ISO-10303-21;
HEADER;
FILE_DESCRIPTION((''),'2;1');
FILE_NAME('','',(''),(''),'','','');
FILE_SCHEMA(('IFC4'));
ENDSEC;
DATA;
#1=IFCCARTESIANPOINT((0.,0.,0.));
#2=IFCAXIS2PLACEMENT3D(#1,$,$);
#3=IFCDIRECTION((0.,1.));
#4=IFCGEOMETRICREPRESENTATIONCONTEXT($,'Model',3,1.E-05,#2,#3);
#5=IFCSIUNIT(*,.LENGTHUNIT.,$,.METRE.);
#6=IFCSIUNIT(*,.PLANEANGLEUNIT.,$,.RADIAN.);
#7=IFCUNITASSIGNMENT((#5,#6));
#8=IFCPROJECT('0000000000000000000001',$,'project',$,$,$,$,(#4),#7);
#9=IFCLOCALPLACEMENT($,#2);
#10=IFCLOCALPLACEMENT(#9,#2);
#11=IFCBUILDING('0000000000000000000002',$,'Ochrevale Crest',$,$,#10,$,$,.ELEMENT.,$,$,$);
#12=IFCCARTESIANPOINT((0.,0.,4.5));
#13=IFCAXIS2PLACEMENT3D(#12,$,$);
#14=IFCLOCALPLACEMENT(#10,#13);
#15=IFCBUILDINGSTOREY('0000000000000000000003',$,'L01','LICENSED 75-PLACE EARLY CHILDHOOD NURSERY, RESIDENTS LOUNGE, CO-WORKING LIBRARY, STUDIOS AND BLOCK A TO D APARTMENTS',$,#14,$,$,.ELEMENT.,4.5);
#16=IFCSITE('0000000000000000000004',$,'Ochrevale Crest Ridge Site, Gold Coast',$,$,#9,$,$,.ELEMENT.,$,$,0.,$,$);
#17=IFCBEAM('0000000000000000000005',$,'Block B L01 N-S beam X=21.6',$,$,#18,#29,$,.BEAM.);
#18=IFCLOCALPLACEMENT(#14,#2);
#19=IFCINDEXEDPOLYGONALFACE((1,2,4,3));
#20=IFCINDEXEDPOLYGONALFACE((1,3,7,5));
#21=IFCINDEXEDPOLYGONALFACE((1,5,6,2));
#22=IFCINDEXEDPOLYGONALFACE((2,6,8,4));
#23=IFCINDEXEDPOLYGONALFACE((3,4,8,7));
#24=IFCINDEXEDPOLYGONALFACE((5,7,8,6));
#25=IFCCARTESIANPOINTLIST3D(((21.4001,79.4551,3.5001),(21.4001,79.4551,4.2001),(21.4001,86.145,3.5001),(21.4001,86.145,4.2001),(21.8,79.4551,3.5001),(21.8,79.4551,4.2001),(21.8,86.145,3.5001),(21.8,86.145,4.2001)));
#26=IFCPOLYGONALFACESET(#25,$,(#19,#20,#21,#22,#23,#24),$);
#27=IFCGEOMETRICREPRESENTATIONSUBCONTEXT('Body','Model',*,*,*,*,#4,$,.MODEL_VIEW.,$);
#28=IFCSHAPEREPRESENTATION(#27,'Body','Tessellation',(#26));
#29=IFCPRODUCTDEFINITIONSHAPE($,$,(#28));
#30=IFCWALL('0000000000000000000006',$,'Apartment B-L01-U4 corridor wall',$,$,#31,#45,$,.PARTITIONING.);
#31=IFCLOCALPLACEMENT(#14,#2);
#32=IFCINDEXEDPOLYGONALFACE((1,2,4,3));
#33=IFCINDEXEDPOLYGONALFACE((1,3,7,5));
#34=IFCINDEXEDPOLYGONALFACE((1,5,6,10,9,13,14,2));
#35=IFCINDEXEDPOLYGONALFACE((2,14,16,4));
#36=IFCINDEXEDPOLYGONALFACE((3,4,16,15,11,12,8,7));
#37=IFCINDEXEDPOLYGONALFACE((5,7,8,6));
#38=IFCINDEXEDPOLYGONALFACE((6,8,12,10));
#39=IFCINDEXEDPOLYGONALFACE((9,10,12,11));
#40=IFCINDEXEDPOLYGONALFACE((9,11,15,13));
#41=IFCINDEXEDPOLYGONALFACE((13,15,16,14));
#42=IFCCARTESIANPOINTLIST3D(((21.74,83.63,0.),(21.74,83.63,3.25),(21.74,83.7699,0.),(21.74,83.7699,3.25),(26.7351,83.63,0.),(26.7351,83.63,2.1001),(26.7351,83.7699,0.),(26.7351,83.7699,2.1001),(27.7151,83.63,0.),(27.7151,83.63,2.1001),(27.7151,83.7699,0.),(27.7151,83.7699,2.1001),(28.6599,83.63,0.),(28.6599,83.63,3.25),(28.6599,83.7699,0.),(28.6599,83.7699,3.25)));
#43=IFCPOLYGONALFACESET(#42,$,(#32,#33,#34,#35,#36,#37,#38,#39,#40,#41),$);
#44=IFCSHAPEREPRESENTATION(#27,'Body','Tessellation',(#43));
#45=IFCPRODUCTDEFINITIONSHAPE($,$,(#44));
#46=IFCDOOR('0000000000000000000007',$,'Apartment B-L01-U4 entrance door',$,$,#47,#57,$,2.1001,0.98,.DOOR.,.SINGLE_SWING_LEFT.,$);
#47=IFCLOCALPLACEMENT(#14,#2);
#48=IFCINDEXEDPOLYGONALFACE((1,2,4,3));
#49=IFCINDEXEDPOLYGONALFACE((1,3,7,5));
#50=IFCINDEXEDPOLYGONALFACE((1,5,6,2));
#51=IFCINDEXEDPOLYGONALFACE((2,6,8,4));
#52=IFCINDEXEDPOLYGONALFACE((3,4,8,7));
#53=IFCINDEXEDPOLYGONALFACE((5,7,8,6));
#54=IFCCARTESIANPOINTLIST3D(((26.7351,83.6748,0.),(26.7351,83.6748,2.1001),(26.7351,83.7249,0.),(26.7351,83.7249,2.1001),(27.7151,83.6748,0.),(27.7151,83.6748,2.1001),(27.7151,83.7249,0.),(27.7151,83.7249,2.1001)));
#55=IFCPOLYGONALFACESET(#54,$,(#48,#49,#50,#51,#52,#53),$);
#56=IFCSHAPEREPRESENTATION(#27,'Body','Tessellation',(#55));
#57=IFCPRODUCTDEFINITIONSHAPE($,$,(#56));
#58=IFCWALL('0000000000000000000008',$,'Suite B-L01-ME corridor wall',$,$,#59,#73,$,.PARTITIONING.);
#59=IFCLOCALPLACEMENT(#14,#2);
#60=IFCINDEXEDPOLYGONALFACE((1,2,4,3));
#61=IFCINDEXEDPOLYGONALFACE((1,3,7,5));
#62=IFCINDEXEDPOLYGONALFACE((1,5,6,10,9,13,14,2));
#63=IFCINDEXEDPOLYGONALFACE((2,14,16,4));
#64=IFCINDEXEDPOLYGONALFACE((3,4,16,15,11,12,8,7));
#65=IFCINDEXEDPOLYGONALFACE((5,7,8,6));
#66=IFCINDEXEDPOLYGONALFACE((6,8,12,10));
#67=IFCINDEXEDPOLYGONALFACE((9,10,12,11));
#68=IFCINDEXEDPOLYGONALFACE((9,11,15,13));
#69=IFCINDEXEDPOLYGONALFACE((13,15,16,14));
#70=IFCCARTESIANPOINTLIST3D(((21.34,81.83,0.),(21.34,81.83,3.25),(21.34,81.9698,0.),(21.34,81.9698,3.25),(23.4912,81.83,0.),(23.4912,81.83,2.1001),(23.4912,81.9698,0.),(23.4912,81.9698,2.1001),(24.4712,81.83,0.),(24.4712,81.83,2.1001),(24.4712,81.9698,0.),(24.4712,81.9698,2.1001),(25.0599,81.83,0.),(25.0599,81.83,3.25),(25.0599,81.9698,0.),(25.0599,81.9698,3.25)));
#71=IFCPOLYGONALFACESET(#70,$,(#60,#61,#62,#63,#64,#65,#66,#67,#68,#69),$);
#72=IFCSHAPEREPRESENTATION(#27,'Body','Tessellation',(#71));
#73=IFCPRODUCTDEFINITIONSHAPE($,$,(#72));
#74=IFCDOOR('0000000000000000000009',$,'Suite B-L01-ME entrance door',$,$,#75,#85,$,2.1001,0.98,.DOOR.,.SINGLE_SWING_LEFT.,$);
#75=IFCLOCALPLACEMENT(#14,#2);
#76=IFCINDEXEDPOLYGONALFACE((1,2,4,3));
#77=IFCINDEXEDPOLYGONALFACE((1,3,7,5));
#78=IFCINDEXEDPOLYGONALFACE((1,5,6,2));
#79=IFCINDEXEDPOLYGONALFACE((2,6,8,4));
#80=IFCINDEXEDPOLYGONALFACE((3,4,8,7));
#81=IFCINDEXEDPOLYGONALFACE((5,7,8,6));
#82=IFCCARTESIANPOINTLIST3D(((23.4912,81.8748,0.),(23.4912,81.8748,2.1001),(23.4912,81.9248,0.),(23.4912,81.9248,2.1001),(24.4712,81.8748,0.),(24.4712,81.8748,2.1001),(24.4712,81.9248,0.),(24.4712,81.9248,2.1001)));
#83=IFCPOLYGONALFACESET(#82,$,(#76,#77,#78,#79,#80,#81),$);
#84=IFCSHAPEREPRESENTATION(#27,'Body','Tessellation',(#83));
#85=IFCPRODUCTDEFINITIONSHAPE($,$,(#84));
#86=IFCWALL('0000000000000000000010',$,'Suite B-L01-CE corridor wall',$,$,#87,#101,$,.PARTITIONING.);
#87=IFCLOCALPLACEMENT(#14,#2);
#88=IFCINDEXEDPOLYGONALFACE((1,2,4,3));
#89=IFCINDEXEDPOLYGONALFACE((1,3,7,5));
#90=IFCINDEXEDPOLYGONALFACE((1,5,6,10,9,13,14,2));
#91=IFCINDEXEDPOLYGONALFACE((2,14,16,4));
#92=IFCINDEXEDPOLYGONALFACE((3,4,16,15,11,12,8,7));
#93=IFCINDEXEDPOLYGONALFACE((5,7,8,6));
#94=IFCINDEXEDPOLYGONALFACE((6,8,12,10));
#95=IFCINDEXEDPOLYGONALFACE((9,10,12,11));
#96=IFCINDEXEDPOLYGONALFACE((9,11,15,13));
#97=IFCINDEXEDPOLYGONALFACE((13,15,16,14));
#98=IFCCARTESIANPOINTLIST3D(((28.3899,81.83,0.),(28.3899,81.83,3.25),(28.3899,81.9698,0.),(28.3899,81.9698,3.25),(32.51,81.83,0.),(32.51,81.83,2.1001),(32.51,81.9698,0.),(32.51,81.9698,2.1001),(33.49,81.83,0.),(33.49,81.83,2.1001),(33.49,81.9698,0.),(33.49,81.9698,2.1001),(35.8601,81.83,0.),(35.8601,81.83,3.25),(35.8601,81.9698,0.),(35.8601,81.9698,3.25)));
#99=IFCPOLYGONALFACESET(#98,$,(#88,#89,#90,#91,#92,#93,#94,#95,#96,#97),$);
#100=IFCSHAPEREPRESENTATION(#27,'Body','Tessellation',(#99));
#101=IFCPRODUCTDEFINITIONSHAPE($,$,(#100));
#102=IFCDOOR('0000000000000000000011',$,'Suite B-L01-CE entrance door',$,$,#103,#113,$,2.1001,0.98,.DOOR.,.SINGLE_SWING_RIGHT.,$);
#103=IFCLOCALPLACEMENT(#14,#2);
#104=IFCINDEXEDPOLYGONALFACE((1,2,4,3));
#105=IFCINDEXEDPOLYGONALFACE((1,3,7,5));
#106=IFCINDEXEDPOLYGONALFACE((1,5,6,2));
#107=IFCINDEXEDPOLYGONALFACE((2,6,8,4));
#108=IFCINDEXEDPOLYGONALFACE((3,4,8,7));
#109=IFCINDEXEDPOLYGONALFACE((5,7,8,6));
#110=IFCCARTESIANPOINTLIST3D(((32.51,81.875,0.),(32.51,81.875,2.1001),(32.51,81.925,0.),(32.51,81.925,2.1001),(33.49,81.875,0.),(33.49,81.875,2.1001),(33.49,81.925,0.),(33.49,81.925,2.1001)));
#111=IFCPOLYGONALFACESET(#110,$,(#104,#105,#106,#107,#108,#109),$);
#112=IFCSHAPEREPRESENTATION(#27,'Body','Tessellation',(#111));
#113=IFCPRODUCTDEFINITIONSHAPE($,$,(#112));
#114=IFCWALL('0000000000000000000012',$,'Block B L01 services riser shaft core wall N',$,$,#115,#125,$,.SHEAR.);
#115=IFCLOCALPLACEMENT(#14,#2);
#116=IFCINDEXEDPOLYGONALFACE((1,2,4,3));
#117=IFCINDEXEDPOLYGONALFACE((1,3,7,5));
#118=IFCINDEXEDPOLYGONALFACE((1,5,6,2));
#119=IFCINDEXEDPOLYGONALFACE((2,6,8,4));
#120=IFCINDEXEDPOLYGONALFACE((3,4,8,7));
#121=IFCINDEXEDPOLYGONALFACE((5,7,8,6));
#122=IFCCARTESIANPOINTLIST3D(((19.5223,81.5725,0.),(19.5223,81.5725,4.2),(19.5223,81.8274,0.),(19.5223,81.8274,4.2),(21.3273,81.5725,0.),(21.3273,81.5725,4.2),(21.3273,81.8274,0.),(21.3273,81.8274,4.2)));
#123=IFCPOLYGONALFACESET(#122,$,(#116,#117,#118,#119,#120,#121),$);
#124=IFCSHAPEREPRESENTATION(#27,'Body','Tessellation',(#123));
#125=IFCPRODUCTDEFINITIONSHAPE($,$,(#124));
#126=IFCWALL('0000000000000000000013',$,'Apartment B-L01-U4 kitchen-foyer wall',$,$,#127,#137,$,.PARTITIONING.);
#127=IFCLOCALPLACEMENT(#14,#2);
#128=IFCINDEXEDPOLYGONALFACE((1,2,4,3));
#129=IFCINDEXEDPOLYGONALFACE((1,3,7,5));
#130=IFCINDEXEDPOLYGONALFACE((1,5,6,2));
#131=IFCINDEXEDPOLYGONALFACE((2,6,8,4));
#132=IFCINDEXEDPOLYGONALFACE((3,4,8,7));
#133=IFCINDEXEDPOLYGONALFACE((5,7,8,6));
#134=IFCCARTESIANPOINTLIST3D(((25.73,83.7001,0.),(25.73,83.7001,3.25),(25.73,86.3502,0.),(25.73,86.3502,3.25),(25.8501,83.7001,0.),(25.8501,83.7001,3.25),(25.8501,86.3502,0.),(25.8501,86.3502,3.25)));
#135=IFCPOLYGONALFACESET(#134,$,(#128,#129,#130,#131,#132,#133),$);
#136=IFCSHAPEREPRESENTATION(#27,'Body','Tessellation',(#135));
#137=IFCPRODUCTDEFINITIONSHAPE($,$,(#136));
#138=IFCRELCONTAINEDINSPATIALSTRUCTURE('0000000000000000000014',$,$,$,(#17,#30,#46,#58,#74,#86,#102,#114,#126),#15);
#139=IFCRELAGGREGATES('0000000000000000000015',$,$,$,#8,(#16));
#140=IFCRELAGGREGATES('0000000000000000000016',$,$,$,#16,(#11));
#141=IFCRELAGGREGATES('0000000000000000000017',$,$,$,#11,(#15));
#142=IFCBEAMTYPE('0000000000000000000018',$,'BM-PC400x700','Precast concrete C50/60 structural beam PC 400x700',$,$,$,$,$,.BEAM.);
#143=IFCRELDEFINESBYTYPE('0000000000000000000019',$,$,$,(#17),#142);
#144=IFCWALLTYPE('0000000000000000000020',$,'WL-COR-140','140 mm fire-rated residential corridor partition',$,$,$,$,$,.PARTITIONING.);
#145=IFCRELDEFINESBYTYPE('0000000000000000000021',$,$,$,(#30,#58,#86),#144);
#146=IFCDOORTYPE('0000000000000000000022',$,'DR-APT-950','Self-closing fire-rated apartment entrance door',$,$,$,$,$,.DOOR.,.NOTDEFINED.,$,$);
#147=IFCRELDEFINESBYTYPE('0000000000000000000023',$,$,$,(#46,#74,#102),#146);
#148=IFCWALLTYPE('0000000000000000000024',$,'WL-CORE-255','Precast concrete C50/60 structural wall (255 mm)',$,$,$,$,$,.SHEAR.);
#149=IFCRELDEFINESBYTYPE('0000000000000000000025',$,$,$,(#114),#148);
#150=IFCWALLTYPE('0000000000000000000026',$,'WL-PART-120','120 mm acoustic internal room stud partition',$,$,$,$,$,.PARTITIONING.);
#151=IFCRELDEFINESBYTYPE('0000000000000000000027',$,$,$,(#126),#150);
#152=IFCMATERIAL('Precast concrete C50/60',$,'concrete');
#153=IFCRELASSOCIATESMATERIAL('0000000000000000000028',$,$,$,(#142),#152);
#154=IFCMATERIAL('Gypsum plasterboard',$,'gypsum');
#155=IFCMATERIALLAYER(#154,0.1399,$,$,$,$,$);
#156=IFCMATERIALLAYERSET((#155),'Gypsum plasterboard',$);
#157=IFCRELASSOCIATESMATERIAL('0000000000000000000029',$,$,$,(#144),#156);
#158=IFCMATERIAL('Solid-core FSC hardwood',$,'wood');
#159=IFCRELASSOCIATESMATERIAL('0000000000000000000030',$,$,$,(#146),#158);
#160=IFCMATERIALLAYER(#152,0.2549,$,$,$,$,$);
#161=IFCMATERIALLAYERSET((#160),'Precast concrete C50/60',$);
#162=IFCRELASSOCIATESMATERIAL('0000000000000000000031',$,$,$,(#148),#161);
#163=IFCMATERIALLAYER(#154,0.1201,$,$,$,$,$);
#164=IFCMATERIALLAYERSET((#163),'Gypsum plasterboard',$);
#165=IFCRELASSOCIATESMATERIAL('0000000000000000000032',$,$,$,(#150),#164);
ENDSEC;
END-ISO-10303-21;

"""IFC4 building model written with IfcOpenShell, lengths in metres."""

from ifc_helpers import new_model, si_unit, direction, frame, frame_2d, origin, origin_2d, place, context, subcontext, project, spatial, rectangle, extrude, material, layer, layer_set, material_profile, profile_set, type_object, element, fill, save


model = new_model("IFC4")

# Units and contexts
model_context = context("Model", 3, precision=1e-05, world=origin(), true_north=direction((0.0, 1.0)))
body_context = subcontext(model_context, "Body", "Model", "MODEL_VIEW")
ifc_project = project(units=[si_unit("LENGTHUNIT", "METRE"), si_unit("PLANEANGLEUNIT", "RADIAN")], contexts=[model_context])

# Site, building, storey
site_placement = place(None, origin())
site = spatial("IfcSite", under=ifc_project, at=site_placement, Name="Ochrevale Crest Ridge Site, Gold Coast", CompositionType="ELEMENT", RefElevation=0.0)
building_placement = place(site_placement, origin())
building = spatial("IfcBuilding", under=site, at=building_placement, Name="Ochrevale Crest", CompositionType="ELEMENT")
storey_placement = place(building_placement, frame((0.0, 0.0, 4.5)))
storey = spatial("IfcBuildingStorey", under=building, at=storey_placement, Name="L01", Description="LICENSED 75-PLACE EARLY CHILDHOOD NURSERY, RESIDENTS LOUNGE, CO-WORKING LIBRARY, STUDIOS AND BLOCK A TO D APARTMENTS", CompositionType="ELEMENT", Elevation=4.5)

# Beam
ifc_material_1 = material(Name="Precast concrete C50/60", Category="concrete")
ifc_material_profile = material_profile(ifc_material_1, rectangle(XDim=0.3999, YDim=0.7, at=origin_2d()), Name="PC 400x700")
ifc_profile_set = profile_set([ifc_material_profile], Name="Precast concrete C50/60")
beam_type = type_object("IfcBeamType", Name="BM-PC400x700", Description="Precast concrete C50/60 structural beam PC 400x700", PredefinedType="BEAM", material=ifc_profile_set)
beam_placement = place(storey_placement, frame((21.6001, 79.4551, 3.8501), z_axis=(0.0, 1.0, 0.0), x_axis=(-1.0, 0.0, 0.0)))
element("IfcBeam", 1, at=beam_placement, inside=storey, type_object=beam_type, Name="Block B L01 N-S beam X=21.6", PredefinedType="BEAM", context=body_context, shape_type="SweptSolid", body=[
    extrude(rectangle(XDim=0.3999, YDim=0.7, at=origin_2d()), origin(), (0.0, 0.0, 1.0), 6.6899),
])

# Walls, openings, doors
ifc_material_2 = material(Name="Gypsum plasterboard", Category="gypsum")
ifc_layer_1 = layer(ifc_material_2, 0.1399)
ifc_layer_set_1 = layer_set([ifc_layer_1], Name="Gypsum plasterboard")
wall_type_1 = type_object("IfcWallType", Name="WL-COR-140", Description="140 mm fire-rated residential corridor partition", PredefinedType="PARTITIONING", material=ifc_layer_set_1)
wall_1_placement = place(storey_placement, frame((21.74, 83.7, 0.0), z_axis=(0.0, 0.0, 1.0), x_axis=(1.0, 0.0, 0.0)))
wall_1 = element("IfcWall", 2, at=wall_1_placement, inside=storey, type_object=wall_type_1, Name="Apartment B-L01-U4 corridor wall", PredefinedType="PARTITIONING", context=body_context, shape_type="SweptSolid", body=[
    extrude(rectangle(XDim=6.9199, YDim=0.1399, at=frame_2d((3.46, 0.0))), origin(), (0.0, 0.0, 1.0), 3.25),
])
opening_1_placement = place(wall_1_placement, frame((4.9951, 0.0, 0.0)))
opening_1 = element("IfcOpeningElement", 3, at=opening_1_placement, cuts=wall_1, PredefinedType="OPENING", context=body_context, shape_type="SweptSolid", body=[
    extrude(rectangle(XDim=0.98, YDim=2.1001, at=frame_2d((0.49, 1.05))), frame((0.0, 0.0801, 0.0), z_axis=(0.0, -1.0, 0.0), x_axis=(1.0, 0.0, 0.0)), (0.0, 0.0, 1.0), 0.1599),
])
ifc_material_3 = material(Name="Solid-core FSC hardwood", Category="wood")
door_type_1 = type_object("IfcDoorType", Name="DR-APT-950", Description="Self-closing fire-rated apartment entrance door", OperationType="NOTDEFINED", PredefinedType="DOOR", material=ifc_material_3)
door_1_placement = place(opening_1_placement, origin())
door_1 = element("IfcDoor", 4, at=door_1_placement, inside=storey, type_object=door_type_1, Name="Apartment B-L01-U4 entrance door", OperationType="SINGLE_SWING_LEFT", OverallHeight=2.1001, OverallWidth=0.98, PredefinedType="DOOR", context=body_context, shape_type="SweptSolid", body=[
    extrude(rectangle(XDim=0.98, YDim=2.1001, at=frame_2d((0.49, 1.05))), frame((0.0, 0.0249, 0.0), z_axis=(0.0, -1.0, 0.0), x_axis=(1.0, 0.0, 0.0)), (0.0, 0.0, 1.0), 0.05),
])
fill(opening_1, door_1)
wall_2_placement = place(storey_placement, frame((21.3401, 81.8999, 0.0), z_axis=(0.0, 0.0, 1.0), x_axis=(1.0, 0.0, 0.0)))
wall_2 = element("IfcWall", 5, at=wall_2_placement, inside=storey, type_object=wall_type_1, Name="Suite B-L01-ME corridor wall", PredefinedType="PARTITIONING", context=body_context, shape_type="SweptSolid", body=[
    extrude(rectangle(XDim=3.72, YDim=0.1399, at=frame_2d((1.8599, 0.0))), origin(), (0.0, 0.0, 1.0), 3.25),
])
opening_2_placement = place(wall_2_placement, frame((2.1511, 0.0, 0.0)))
opening_2 = element("IfcOpeningElement", 6, at=opening_2_placement, cuts=wall_2, PredefinedType="OPENING", context=body_context, shape_type="SweptSolid", body=[
    extrude(rectangle(XDim=0.98, YDim=2.1001, at=frame_2d((0.49, 1.05))), frame((0.0, 0.0801, 0.0), z_axis=(0.0, -1.0, 0.0), x_axis=(1.0, 0.0, 0.0)), (0.0, 0.0, 1.0), 0.1599),
])
door_2_placement = place(opening_2_placement, origin())
door_2 = element("IfcDoor", 7, at=door_2_placement, inside=storey, type_object=door_type_1, Name="Suite B-L01-ME entrance door", OperationType="SINGLE_SWING_LEFT", OverallHeight=2.1001, OverallWidth=0.98, PredefinedType="DOOR", context=body_context, shape_type="SweptSolid", body=[
    extrude(rectangle(XDim=0.98, YDim=2.1001, at=frame_2d((0.49, 1.05))), frame((0.0, 0.0249, 0.0), z_axis=(0.0, -1.0, 0.0), x_axis=(1.0, 0.0, 0.0)), (0.0, 0.0, 1.0), 0.05),
])
fill(opening_2, door_2)
wall_3_placement = place(storey_placement, frame((28.3899, 81.8999, 0.0), z_axis=(0.0, 0.0, 1.0), x_axis=(1.0, 0.0, 0.0)))
wall_3 = element("IfcWall", 8, at=wall_3_placement, inside=storey, type_object=wall_type_1, Name="Suite B-L01-CE corridor wall", PredefinedType="PARTITIONING", context=body_context, shape_type="SweptSolid", body=[
    extrude(rectangle(XDim=7.4702, YDim=0.1399, at=frame_2d((3.7351, 0.0))), origin(), (0.0, 0.0, 1.0), 3.25),
])
opening_3_placement = place(wall_3_placement, frame((5.1001, 0.0, 0.0), z_axis=(0.0, 0.0, 1.0), x_axis=(-1.0, 0.0, 0.0)))
opening_3 = element("IfcOpeningElement", 9, at=opening_3_placement, cuts=wall_3, PredefinedType="OPENING", context=body_context, shape_type="SweptSolid", body=[
    extrude(rectangle(XDim=0.98, YDim=2.1001, at=frame_2d((0.49, 1.05))), frame((0.0, 0.0801, 0.0), z_axis=(0.0, -1.0, 0.0), x_axis=(1.0, 0.0, 0.0)), (0.0, 0.0, 1.0), 0.1599),
])
door_3_placement = place(opening_3_placement, origin())
door_3 = element("IfcDoor", 10, at=door_3_placement, inside=storey, type_object=door_type_1, Name="Suite B-L01-CE entrance door", OperationType="SINGLE_SWING_RIGHT", OverallHeight=2.1001, OverallWidth=0.98, PredefinedType="DOOR", context=body_context, shape_type="SweptSolid", body=[
    extrude(rectangle(XDim=0.98, YDim=2.1001, at=frame_2d((0.49, 1.05))), frame((0.0, 0.0249, 0.0), z_axis=(0.0, -1.0, 0.0), x_axis=(1.0, 0.0, 0.0)), (0.0, 0.0, 1.0), 0.05),
])
fill(opening_3, door_3)
ifc_layer_2 = layer(ifc_material_1, 0.2549)
ifc_layer_set_2 = layer_set([ifc_layer_2], Name="Precast concrete C50/60")
wall_type_2 = type_object("IfcWallType", Name="WL-CORE-255", Description="Precast concrete C50/60 structural wall (255 mm)", PredefinedType="SHEAR", material=ifc_layer_set_2)

# Walls
wall_4_placement = place(storey_placement, frame((19.5225, 81.7, 0.0), z_axis=(0.0, 0.0, 1.0), x_axis=(1.0, 0.0, 0.0)))
element("IfcWall", 11, at=wall_4_placement, inside=storey, type_object=wall_type_2, Name="Block B L01 services riser shaft core wall N", PredefinedType="SHEAR", context=body_context, shape_type="SweptSolid", body=[
    extrude(rectangle(XDim=1.8049, YDim=0.2549, at=frame_2d((0.9023, 0.0))), origin(), (0.0, 0.0, 1.0), 4.2),
])
ifc_layer_3 = layer(ifc_material_2, 0.1201)
ifc_layer_set_3 = layer_set([ifc_layer_3], Name="Gypsum plasterboard")
wall_type_3 = type_object("IfcWallType", Name="WL-PART-120", Description="120 mm acoustic internal room stud partition", PredefinedType="PARTITIONING", material=ifc_layer_set_3)
wall_5_placement = place(storey_placement, frame((25.79, 83.7, 0.0), z_axis=(0.0, 0.0, 1.0), x_axis=(0.0, 1.0, 0.0)))
element("IfcWall", 12, at=wall_5_placement, inside=storey, type_object=wall_type_3, Name="Apartment B-L01-U4 kitchen-foyer wall", PredefinedType="PARTITIONING", context=body_context, shape_type="SweptSolid", body=[
    extrude(rectangle(XDim=2.6501, YDim=0.1201, at=frame_2d((1.3252, 0.0))), origin(), (0.0, 0.0, 1.0), 3.25),
])

save(model, "model.ifc")
